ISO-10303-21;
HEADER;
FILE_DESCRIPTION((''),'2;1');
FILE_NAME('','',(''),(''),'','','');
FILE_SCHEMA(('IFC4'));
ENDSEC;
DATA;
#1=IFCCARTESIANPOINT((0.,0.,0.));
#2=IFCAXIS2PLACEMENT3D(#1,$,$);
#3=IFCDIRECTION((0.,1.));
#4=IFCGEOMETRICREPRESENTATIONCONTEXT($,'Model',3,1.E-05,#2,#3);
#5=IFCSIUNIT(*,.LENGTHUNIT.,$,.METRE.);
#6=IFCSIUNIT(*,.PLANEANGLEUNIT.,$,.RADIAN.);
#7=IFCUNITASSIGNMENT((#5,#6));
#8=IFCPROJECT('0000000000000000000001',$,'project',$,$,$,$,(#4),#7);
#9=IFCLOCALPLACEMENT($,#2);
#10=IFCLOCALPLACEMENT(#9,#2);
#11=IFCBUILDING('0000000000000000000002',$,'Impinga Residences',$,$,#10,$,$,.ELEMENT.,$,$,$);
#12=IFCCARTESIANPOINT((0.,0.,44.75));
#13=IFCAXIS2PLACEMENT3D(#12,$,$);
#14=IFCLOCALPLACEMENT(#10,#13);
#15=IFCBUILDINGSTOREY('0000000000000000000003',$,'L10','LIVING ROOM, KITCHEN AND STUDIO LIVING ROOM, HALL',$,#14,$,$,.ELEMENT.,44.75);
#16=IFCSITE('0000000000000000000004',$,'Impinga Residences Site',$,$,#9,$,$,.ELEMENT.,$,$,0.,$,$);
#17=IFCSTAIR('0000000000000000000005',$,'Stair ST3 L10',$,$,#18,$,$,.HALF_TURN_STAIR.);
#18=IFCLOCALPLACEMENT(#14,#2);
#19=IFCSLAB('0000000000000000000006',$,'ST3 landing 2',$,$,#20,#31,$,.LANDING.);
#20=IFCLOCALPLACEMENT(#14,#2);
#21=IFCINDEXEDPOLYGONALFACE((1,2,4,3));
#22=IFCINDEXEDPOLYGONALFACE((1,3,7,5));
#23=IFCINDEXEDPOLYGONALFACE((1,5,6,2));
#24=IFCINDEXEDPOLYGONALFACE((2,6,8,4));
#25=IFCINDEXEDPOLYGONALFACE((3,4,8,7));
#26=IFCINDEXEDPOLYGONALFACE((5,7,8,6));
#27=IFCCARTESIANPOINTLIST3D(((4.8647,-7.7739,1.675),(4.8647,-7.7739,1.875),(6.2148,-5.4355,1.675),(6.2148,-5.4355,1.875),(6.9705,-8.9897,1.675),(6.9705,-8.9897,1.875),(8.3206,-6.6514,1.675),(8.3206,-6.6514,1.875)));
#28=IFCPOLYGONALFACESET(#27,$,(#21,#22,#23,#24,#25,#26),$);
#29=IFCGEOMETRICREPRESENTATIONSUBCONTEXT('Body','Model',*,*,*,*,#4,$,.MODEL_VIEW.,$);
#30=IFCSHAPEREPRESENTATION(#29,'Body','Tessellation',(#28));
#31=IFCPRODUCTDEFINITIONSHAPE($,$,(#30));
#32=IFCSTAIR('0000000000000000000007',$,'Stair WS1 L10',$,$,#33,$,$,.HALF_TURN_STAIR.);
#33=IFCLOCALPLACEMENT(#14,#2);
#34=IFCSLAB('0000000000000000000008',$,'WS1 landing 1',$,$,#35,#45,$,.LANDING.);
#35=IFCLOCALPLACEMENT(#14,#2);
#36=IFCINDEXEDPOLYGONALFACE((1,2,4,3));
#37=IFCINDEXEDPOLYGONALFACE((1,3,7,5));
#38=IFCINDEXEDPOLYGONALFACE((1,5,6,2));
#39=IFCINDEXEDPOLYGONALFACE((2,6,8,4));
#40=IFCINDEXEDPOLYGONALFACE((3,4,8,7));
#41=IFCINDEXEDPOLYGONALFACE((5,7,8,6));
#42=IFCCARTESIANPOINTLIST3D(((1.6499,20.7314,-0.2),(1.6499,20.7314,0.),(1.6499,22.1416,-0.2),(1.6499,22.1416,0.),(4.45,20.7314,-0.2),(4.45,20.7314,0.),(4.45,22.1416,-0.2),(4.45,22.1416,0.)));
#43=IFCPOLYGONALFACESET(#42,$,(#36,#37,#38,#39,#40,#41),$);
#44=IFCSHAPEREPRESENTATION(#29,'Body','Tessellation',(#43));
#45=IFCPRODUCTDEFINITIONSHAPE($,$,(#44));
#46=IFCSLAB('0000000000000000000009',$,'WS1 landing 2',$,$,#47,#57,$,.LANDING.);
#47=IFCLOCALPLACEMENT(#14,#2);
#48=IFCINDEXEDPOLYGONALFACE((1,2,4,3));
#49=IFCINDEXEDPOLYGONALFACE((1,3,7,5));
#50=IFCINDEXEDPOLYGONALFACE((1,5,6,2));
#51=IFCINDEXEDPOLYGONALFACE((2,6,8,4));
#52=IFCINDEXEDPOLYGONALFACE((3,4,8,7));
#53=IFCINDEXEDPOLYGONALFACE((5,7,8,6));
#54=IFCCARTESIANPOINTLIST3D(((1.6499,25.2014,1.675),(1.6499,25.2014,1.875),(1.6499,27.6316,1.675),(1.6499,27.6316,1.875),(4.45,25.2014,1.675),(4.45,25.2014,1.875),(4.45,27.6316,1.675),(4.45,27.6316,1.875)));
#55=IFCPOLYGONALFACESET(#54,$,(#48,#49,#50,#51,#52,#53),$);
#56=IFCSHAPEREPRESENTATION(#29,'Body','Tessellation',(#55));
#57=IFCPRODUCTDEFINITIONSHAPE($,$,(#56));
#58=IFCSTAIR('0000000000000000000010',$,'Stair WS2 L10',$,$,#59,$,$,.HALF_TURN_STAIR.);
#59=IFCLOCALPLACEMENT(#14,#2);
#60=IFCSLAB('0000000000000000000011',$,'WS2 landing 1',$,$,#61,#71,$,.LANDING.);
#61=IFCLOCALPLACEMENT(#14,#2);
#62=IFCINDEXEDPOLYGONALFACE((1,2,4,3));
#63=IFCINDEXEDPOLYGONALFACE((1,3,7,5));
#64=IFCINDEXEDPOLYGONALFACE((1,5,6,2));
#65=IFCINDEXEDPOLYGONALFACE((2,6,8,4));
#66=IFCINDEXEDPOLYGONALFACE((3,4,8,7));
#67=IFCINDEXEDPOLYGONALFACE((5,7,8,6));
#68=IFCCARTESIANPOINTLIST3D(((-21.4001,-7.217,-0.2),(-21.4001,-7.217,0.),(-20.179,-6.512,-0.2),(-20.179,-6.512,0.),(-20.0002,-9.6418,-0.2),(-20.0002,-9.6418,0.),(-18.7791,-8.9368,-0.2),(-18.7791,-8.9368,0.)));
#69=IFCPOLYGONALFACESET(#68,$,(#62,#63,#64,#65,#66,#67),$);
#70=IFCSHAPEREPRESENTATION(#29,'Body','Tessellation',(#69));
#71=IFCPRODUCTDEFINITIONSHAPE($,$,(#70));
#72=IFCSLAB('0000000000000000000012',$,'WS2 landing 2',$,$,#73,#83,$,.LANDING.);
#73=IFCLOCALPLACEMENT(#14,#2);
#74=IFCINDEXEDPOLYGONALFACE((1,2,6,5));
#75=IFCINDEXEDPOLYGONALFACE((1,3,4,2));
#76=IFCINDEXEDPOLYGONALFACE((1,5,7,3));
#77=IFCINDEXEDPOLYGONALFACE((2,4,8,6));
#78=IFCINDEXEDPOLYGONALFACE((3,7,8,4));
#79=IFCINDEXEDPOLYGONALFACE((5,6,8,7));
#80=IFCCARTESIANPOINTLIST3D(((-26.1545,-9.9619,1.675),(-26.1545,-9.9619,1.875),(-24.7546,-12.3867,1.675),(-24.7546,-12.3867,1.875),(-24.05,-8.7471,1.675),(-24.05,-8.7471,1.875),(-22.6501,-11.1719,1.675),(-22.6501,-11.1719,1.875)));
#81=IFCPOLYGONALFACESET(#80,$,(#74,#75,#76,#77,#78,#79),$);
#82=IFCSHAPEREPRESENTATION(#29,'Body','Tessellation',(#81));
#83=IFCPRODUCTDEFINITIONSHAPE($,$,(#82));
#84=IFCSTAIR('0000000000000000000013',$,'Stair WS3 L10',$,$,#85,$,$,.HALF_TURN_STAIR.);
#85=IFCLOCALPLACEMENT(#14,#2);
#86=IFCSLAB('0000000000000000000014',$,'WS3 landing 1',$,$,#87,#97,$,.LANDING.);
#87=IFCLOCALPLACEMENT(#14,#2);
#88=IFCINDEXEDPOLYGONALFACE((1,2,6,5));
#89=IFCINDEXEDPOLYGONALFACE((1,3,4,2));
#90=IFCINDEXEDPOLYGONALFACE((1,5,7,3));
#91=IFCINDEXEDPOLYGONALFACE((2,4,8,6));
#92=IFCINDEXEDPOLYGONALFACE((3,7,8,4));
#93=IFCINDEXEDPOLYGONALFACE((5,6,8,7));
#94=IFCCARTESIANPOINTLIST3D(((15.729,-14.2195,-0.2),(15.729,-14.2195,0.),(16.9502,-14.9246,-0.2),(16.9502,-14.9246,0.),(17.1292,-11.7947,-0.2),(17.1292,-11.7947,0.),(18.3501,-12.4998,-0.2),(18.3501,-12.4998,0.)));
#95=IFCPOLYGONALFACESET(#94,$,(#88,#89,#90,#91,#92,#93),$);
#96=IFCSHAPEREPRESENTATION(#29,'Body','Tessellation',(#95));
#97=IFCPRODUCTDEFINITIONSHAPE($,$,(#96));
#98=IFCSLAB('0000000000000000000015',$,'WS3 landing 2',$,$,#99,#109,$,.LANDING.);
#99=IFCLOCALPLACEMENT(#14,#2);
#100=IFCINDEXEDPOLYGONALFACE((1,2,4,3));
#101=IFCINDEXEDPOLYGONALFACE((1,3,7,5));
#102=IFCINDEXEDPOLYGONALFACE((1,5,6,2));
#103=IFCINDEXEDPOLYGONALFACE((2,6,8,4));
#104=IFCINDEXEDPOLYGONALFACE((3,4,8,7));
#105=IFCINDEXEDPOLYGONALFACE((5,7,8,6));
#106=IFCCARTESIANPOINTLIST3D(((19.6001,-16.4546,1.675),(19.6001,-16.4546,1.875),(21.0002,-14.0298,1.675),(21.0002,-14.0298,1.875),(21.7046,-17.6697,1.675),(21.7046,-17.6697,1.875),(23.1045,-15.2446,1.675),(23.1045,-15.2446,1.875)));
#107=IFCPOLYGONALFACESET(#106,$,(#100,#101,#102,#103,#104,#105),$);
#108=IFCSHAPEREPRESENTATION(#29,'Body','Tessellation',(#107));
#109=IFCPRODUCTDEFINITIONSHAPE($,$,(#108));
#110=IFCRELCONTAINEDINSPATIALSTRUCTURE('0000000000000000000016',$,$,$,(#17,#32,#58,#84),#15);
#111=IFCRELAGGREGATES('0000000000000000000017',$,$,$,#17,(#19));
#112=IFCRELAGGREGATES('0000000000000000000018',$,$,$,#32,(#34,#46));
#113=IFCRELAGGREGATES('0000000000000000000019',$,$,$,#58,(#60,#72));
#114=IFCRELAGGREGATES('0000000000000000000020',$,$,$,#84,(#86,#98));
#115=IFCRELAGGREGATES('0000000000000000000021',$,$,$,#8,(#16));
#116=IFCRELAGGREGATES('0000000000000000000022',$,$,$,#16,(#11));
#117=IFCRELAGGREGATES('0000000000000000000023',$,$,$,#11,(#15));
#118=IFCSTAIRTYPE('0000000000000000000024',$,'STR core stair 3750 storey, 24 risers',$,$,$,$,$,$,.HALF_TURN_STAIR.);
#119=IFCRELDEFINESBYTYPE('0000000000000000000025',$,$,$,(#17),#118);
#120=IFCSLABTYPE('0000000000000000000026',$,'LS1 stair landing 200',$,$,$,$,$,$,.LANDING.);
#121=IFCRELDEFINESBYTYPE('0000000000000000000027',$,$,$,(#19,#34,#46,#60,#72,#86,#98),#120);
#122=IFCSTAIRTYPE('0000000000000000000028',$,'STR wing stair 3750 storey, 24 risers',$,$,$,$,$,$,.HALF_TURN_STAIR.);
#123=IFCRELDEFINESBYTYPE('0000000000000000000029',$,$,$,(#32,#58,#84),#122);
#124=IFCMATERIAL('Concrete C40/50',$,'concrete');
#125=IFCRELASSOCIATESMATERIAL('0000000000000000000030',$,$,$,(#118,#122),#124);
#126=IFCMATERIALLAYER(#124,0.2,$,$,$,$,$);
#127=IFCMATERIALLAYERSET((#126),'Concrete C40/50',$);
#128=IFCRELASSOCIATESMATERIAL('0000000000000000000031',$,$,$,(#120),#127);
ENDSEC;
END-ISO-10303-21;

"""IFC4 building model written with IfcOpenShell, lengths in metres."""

from ifc_helpers import new_model, si_unit, direction, frame, origin, place, context, subcontext, project, spatial, polyline, outline, extrude, material, layer, layer_set, type_object, element, aggregate, save


model = new_model("IFC4")

# Units and contexts
model_context = context("Model", 3, precision=1e-05, world=origin(), true_north=direction((0.0, 1.0)))
body_context = subcontext(model_context, "Body", "Model", "MODEL_VIEW")
ifc_project = project(units=[si_unit("LENGTHUNIT", "METRE"), si_unit("PLANEANGLEUNIT", "RADIAN")], contexts=[model_context])

# Site, building, storey
site_placement = place(None, origin())
site = spatial("IfcSite", under=ifc_project, at=site_placement, Name="Impinga Residences Site", CompositionType="ELEMENT", RefElevation=0.0)
building_placement = place(site_placement, origin())
building = spatial("IfcBuilding", under=site, at=building_placement, Name="Impinga Residences", CompositionType="ELEMENT")
storey_placement = place(building_placement, frame((0.0, 0.0, 44.75)))
storey = spatial("IfcBuildingStorey", under=building, at=storey_placement, Name="L10", Description="LIVING ROOM, KITCHEN AND STUDIO LIVING ROOM, HALL", CompositionType="ELEMENT", Elevation=44.75)

# Stair, slab
ifc_material_1 = material(Name="Concrete C40/50", Category="concrete")
stair_type_1 = type_object("IfcStairType", Name="STR core stair 3750 storey, 24 risers", PredefinedType="HALF_TURN_STAIR", material=ifc_material_1)
stair_1_placement = place(storey_placement, origin())
stair_1 = element("IfcStair", 1, at=stair_1_placement, inside=storey, type_object=stair_type_1, Name="Stair ST3 L10", PredefinedType="HALF_TURN_STAIR")
ifc_layer_1 = layer(ifc_material_1, 0.2)
ifc_layer_set_1 = layer_set([ifc_layer_1], Name="Concrete C40/50")
slab_type = type_object("IfcSlabType", Name="LS1 stair landing 200", PredefinedType="LANDING", material=ifc_layer_set_1)
slab_1_placement = place(storey_placement, frame((0.0, 0.0, 1.675)))
slab_1 = element("IfcSlab", 2, at=slab_1_placement, type_object=slab_type, Name="ST3 landing 2", PredefinedType="LANDING", context=body_context, shape_type="SweptSolid", body=[
    extrude(outline(polyline([(6.2148, -5.4355), (4.8647, -7.7739), (6.9705, -8.9897), (8.3206, -6.6514), (6.2148, -5.4355)])), origin(), (0.0, 0.0, 1.0), 0.2),
])
aggregate(stair_1, [slab_1])

# Stairs, slabs
stair_type_2 = type_object("IfcStairType", Name="STR wing stair 3750 storey, 24 risers", PredefinedType="HALF_TURN_STAIR", material=ifc_material_1)
stair_2_placement = place(storey_placement, origin())
stair_2 = element("IfcStair", 3, at=stair_2_placement, inside=storey, type_object=stair_type_2, Name="Stair WS1 L10", PredefinedType="HALF_TURN_STAIR")
slab_2_placement = place(storey_placement, frame((0.0, 0.0, -0.2)))
slab_2 = element("IfcSlab", 4, at=slab_2_placement, type_object=slab_type, Name="WS1 landing 1", PredefinedType="LANDING", context=body_context, shape_type="SweptSolid", body=[
    extrude(outline(polyline([(1.6499, 20.7314), (4.45, 20.7314), (4.45, 22.1416), (1.6499, 22.1416), (1.6499, 20.7314)])), origin(), (0.0, 0.0, 1.0), 0.2),
])
slab_3_placement = place(storey_placement, frame((0.0, 0.0, 1.675)))
slab_3 = element("IfcSlab", 5, at=slab_3_placement, type_object=slab_type, Name="WS1 landing 2", PredefinedType="LANDING", context=body_context, shape_type="SweptSolid", body=[
    extrude(outline(polyline([(1.6499, 25.2014), (4.45, 25.2014), (4.45, 27.6316), (1.6499, 27.6316), (1.6499, 25.2014)])), origin(), (0.0, 0.0, 1.0), 0.2),
])
aggregate(stair_2, [slab_2, slab_3])
stair_3_placement = place(storey_placement, origin())
stair_3 = element("IfcStair", 6, at=stair_3_placement, inside=storey, type_object=stair_type_2, Name="Stair WS2 L10", PredefinedType="HALF_TURN_STAIR")
slab_4_placement = place(storey_placement, frame((0.0, 0.0, -0.2)))
slab_4 = element("IfcSlab", 7, at=slab_4_placement, type_object=slab_type, Name="WS2 landing 1", PredefinedType="LANDING", context=body_context, shape_type="SweptSolid", body=[
    extrude(outline(polyline([(-18.7791, -8.9368), (-20.179, -6.512), (-21.4001, -7.217), (-20.0002, -9.6418), (-18.7791, -8.9368)])), origin(), (0.0, 0.0, 1.0), 0.2),
])
slab_5_placement = place(storey_placement, frame((0.0, 0.0, 1.675)))
slab_5 = element("IfcSlab", 8, at=slab_5_placement, type_object=slab_type, Name="WS2 landing 2", PredefinedType="LANDING", context=body_context, shape_type="SweptSolid", body=[
    extrude(outline(polyline([(-22.6501, -11.1719), (-24.05, -8.7471), (-26.1545, -9.9619), (-24.7546, -12.3867), (-22.6501, -11.1719)])), origin(), (0.0, 0.0, 1.0), 0.2),
])
aggregate(stair_3, [slab_4, slab_5])
stair_4_placement = place(storey_placement, origin())
stair_4 = element("IfcStair", 9, at=stair_4_placement, inside=storey, type_object=stair_type_2, Name="Stair WS3 L10", PredefinedType="HALF_TURN_STAIR")
slab_6_placement = place(storey_placement, frame((0.0, 0.0, -0.2)))
slab_6 = element("IfcSlab", 10, at=slab_6_placement, type_object=slab_type, Name="WS3 landing 1", PredefinedType="LANDING", context=body_context, shape_type="SweptSolid", body=[
    extrude(outline(polyline([(17.1292, -11.7947), (15.729, -14.2195), (16.9502, -14.9246), (18.3501, -12.4998), (17.1292, -11.7947)])), origin(), (0.0, 0.0, 1.0), 0.2),
])
slab_7_placement = place(storey_placement, frame((0.0, 0.0, 1.675)))
slab_7 = element("IfcSlab", 11, at=slab_7_placement, type_object=slab_type, Name="WS3 landing 2", PredefinedType="LANDING", context=body_context, shape_type="SweptSolid", body=[
    extrude(outline(polyline([(21.0002, -14.0298), (19.6001, -16.4546), (21.7046, -17.6697), (23.1045, -15.2446), (21.0002, -14.0298)])), origin(), (0.0, 0.0, 1.0), 0.2),
])
aggregate(stair_4, [slab_6, slab_7])

save(model, "model.ifc")
